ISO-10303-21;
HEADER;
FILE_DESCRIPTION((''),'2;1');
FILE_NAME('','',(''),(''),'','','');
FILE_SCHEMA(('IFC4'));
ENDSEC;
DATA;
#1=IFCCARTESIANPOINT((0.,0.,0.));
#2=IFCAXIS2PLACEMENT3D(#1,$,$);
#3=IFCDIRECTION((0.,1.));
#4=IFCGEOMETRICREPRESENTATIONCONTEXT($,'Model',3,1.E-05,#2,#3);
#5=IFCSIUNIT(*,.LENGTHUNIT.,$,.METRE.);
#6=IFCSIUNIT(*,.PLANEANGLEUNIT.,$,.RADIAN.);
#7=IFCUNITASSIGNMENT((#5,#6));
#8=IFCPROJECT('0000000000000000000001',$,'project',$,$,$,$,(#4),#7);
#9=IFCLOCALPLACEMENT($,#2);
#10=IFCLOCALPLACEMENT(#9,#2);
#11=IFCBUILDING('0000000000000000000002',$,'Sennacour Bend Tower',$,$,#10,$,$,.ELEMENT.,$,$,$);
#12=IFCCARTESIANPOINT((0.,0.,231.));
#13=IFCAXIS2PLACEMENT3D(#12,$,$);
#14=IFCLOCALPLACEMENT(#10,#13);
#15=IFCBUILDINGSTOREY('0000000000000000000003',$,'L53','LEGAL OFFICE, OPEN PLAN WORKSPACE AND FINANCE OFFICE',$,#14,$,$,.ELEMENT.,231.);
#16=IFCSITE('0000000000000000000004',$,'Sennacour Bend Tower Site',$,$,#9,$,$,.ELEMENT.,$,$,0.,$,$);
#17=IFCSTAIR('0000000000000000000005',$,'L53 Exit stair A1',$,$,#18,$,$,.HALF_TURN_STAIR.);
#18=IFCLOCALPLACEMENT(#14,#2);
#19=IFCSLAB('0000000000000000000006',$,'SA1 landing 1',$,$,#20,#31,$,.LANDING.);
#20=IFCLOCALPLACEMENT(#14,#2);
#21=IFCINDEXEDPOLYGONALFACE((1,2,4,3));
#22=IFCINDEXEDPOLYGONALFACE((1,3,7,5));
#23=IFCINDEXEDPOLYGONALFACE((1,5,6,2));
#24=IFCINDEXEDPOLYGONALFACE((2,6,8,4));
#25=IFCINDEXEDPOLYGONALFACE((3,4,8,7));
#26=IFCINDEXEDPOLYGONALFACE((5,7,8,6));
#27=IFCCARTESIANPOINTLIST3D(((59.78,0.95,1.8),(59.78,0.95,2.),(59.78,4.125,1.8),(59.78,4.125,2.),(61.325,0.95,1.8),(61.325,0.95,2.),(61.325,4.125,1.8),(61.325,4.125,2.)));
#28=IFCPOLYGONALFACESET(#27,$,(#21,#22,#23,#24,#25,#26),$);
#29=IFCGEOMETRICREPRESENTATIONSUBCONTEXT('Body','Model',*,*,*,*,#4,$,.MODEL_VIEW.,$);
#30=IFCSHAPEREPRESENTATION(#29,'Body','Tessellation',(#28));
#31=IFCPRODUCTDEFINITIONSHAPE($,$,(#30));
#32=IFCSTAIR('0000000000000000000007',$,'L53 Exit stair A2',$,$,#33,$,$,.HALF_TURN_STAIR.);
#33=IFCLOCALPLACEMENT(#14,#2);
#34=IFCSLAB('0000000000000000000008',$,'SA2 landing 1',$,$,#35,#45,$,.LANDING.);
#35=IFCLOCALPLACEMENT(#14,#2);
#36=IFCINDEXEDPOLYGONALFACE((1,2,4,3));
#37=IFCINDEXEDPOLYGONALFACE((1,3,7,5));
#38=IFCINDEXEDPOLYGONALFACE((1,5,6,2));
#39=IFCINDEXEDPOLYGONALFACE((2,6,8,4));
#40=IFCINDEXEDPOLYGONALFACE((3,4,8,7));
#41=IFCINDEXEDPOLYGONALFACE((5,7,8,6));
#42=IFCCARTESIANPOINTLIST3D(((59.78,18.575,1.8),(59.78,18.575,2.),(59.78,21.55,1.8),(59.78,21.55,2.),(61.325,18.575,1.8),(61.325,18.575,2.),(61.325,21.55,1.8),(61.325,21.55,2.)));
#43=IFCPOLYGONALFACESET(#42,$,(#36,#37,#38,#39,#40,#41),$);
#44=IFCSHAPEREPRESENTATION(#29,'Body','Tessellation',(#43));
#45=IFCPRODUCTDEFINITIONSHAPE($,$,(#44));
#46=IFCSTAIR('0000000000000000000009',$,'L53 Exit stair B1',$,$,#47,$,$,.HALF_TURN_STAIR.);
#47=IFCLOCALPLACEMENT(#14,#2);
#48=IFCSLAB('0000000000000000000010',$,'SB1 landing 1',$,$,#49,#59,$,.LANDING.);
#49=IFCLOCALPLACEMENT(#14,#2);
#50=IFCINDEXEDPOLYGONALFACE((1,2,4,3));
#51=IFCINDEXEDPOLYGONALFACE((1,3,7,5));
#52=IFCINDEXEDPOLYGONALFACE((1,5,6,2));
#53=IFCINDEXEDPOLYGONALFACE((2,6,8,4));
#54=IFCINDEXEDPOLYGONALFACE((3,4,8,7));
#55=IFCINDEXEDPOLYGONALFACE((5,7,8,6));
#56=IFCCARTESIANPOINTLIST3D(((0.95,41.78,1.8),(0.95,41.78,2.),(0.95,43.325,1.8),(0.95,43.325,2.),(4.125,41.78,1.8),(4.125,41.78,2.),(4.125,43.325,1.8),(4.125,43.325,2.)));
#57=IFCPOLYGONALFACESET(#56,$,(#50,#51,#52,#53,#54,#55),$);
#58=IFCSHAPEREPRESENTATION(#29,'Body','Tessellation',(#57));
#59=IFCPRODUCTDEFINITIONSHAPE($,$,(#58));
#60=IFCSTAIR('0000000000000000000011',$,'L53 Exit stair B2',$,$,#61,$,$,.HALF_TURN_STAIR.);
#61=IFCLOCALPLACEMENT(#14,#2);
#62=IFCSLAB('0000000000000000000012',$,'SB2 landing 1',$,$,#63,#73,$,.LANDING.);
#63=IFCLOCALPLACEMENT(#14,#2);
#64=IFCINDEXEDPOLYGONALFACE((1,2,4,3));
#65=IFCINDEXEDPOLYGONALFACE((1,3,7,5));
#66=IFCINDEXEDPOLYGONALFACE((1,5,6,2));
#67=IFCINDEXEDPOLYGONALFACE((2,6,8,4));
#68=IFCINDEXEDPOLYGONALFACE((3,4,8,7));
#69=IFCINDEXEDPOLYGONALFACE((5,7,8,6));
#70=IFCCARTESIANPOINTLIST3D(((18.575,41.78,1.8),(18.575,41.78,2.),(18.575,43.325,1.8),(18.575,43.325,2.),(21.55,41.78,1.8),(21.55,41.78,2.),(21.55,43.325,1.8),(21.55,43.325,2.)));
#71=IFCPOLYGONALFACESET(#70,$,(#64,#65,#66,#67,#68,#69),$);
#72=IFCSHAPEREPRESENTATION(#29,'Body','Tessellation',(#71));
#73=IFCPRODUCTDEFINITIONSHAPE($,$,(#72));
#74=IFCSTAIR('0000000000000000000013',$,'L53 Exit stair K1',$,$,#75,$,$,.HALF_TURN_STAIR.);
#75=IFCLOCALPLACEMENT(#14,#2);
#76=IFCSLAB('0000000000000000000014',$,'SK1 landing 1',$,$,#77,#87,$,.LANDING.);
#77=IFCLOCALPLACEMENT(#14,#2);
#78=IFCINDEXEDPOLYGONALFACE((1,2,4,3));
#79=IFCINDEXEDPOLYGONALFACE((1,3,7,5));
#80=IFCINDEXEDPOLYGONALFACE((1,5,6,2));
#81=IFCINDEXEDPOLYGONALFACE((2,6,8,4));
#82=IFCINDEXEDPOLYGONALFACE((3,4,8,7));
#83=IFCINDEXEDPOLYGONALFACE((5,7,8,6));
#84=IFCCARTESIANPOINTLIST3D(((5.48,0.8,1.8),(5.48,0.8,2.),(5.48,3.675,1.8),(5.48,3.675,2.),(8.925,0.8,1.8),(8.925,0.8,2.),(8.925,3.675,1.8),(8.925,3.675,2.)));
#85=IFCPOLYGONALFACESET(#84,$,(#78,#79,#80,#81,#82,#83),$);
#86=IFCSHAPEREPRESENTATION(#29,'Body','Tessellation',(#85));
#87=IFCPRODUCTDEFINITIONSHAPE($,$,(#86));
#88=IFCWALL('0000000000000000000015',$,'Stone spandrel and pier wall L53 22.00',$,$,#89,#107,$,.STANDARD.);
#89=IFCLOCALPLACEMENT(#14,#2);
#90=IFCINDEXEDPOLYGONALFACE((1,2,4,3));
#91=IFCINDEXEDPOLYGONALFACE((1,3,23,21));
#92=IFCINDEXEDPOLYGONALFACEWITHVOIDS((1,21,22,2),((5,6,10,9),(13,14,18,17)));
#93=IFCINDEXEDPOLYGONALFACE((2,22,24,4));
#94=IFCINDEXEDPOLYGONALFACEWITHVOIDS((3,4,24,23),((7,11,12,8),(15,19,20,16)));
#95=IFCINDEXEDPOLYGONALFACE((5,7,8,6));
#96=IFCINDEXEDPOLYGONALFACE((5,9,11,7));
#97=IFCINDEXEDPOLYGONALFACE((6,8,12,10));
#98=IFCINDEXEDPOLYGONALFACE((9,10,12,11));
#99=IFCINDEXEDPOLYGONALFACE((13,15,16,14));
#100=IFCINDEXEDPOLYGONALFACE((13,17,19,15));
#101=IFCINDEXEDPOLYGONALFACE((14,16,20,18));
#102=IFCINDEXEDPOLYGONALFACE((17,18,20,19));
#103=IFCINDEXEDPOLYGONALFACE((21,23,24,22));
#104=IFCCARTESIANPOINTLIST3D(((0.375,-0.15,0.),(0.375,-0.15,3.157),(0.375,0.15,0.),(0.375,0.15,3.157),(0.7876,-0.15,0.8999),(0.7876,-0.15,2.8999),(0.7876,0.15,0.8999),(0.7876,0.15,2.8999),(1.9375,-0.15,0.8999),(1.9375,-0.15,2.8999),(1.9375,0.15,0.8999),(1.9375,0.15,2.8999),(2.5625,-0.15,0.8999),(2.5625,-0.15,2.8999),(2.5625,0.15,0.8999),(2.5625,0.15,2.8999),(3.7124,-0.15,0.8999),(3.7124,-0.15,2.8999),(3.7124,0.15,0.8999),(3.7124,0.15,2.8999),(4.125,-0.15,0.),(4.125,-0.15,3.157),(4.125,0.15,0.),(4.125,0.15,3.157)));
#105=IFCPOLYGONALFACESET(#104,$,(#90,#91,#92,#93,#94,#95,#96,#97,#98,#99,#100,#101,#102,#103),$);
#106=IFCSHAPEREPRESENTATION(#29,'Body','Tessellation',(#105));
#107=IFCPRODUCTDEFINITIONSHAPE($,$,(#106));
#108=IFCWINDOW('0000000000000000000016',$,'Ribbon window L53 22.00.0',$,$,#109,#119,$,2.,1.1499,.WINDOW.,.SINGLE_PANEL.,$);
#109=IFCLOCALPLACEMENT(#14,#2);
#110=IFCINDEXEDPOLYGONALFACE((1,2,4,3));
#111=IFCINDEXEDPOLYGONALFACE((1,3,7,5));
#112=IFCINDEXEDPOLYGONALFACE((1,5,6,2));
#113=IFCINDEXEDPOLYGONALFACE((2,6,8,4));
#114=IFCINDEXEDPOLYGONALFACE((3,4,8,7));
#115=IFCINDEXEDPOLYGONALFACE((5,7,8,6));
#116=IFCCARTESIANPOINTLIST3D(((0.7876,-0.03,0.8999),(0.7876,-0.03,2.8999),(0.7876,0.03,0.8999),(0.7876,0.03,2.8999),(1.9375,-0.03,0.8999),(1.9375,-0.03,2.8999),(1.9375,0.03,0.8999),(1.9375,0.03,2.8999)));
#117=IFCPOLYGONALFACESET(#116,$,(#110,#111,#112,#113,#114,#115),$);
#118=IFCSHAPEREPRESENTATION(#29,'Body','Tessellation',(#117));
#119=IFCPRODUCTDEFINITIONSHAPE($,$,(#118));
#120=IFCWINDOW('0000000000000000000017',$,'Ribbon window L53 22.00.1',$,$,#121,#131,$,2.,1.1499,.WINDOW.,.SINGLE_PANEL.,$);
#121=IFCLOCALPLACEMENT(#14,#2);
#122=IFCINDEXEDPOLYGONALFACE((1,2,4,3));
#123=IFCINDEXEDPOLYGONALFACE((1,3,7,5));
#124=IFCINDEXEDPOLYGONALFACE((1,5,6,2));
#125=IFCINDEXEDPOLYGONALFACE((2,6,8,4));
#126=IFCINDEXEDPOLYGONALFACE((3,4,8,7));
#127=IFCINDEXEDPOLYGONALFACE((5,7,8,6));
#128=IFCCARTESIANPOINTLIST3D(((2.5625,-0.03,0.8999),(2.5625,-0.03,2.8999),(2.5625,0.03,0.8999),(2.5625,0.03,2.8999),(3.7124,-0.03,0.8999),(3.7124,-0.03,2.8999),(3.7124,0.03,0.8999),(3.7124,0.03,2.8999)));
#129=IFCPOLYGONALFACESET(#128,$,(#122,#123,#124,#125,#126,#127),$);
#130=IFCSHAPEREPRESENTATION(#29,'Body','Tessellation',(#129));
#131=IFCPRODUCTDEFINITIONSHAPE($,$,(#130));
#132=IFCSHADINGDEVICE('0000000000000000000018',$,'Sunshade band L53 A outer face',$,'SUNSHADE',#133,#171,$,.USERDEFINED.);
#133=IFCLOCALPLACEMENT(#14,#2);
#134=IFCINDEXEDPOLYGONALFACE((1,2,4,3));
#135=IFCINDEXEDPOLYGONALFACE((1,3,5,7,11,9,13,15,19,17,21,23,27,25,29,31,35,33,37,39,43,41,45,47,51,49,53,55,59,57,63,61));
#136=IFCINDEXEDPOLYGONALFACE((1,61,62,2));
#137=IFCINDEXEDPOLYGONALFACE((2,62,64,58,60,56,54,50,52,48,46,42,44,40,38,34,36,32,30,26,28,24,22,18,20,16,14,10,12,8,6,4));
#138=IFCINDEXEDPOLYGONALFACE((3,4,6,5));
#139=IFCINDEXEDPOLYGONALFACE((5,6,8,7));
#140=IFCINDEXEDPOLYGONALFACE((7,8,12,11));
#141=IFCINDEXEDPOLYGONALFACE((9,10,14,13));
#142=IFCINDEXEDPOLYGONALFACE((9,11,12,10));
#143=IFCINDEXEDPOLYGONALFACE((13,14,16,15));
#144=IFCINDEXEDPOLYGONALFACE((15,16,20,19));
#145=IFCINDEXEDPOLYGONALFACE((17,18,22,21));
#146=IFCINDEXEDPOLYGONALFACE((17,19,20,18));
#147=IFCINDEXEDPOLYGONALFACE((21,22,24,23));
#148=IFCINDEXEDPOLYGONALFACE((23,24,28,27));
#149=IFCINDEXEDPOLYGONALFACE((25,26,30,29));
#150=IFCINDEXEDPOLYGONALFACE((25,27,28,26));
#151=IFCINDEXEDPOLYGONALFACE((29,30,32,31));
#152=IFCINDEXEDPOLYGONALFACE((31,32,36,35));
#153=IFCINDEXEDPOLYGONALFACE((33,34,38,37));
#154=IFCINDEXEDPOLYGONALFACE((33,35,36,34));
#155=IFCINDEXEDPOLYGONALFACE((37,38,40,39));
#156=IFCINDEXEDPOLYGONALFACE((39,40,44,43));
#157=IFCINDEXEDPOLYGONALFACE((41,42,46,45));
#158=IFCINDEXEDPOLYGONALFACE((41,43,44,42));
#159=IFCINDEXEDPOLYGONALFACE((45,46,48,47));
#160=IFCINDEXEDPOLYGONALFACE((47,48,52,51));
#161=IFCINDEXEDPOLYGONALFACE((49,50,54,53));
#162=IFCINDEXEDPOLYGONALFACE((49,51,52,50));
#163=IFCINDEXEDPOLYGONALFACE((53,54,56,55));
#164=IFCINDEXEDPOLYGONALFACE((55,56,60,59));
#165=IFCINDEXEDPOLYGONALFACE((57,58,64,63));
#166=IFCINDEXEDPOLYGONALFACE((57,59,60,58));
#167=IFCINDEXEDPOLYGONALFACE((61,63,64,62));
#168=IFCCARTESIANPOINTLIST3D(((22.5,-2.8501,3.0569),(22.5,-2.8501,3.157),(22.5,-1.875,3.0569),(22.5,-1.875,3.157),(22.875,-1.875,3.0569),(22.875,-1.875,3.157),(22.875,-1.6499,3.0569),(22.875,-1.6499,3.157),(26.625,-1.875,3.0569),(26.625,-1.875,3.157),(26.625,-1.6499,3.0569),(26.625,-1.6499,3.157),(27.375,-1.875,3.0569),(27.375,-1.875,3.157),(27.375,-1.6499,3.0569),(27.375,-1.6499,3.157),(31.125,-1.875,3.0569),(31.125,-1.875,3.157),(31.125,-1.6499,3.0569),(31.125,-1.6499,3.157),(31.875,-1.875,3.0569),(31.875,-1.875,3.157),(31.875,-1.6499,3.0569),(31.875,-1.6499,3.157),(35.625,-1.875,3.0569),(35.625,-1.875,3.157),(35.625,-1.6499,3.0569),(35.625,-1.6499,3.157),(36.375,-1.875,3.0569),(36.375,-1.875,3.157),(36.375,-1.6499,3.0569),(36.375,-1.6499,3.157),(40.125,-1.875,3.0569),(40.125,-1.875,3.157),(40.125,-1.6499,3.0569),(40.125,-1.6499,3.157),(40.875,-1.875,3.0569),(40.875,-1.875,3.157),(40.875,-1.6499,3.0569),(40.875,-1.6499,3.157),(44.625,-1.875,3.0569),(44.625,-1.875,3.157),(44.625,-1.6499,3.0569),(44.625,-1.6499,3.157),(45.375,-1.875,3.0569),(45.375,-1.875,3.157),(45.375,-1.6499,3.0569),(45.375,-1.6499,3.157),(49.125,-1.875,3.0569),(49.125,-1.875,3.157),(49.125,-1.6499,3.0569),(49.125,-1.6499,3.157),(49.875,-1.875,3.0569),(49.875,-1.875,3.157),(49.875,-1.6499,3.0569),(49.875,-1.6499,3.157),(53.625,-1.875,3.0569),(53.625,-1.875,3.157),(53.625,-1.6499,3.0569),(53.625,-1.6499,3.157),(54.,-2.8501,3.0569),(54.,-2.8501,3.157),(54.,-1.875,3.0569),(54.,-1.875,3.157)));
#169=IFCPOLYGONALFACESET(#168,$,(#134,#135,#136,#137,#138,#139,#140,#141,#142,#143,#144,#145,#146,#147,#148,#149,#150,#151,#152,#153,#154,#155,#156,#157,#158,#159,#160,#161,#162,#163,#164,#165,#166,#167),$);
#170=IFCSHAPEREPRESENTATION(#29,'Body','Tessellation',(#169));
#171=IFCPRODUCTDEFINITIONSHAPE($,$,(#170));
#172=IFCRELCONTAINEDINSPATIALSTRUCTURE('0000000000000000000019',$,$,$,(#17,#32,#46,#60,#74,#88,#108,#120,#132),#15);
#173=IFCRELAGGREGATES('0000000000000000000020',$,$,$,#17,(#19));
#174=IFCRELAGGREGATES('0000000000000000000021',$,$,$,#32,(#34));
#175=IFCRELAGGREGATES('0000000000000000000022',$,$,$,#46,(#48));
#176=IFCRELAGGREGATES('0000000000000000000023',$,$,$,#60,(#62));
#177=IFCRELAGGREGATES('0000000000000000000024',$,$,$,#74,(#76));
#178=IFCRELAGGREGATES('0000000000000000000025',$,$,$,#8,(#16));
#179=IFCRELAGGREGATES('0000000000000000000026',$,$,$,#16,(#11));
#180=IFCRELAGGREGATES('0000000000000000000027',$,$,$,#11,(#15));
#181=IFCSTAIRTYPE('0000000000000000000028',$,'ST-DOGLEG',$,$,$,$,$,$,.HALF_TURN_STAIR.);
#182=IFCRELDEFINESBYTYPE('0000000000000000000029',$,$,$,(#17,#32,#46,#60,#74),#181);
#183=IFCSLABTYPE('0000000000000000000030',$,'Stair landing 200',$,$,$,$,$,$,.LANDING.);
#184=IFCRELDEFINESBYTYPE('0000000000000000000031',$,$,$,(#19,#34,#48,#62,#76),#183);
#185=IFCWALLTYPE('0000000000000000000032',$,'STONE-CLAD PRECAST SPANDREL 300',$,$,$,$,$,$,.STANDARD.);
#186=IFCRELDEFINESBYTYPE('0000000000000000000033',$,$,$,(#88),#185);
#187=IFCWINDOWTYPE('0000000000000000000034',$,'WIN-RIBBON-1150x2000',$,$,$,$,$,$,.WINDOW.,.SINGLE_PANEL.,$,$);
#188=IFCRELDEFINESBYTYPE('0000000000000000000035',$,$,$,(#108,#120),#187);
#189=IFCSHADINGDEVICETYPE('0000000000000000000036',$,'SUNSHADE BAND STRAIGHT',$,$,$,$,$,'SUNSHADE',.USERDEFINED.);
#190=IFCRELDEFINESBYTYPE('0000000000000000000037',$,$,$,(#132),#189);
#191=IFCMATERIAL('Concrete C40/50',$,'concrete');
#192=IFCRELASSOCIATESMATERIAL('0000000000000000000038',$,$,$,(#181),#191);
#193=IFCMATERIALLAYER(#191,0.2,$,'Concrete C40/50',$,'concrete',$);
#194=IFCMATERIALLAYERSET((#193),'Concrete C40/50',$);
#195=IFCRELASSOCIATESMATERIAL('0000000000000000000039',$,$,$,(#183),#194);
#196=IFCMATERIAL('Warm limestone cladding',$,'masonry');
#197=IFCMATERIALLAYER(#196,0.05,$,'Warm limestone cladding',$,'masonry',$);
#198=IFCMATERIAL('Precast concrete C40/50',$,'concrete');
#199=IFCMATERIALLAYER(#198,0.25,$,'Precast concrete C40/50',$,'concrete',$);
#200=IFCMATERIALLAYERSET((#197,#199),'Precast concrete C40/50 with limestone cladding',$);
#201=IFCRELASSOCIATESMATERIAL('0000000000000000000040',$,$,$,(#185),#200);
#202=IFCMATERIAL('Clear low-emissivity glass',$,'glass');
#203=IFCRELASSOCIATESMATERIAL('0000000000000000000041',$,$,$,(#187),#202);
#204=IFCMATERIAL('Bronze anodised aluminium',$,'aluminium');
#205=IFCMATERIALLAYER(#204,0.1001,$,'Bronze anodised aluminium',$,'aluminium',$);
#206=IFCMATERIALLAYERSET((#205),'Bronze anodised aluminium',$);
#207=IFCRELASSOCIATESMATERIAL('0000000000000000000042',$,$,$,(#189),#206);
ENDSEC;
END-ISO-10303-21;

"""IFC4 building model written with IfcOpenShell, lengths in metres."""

from ifc_helpers import new_model, si_unit, direction, frame, frame_2d, origin, place, context, subcontext, project, spatial, polyline, rectangle, outline, extrude, material, layer, layer_set, type_object, element, fill, aggregate, save


model = new_model("IFC4")

# Units and contexts
model_context = context("Model", 3, precision=1e-05, world=origin(), true_north=direction((0.0, 1.0)))
body_context = subcontext(model_context, "Body", "Model", "MODEL_VIEW")
ifc_project = project(units=[si_unit("LENGTHUNIT", "METRE"), si_unit("PLANEANGLEUNIT", "RADIAN")], contexts=[model_context])

# Site, building, storey
site_placement = place(None, origin())
site = spatial("IfcSite", under=ifc_project, at=site_placement, Name="Sennacour Bend Tower Site", CompositionType="ELEMENT", RefElevation=0.0)
building_placement = place(site_placement, origin())
building = spatial("IfcBuilding", under=site, at=building_placement, Name="Sennacour Bend Tower", CompositionType="ELEMENT")
storey_placement = place(building_placement, frame((0.0, 0.0, 231.0)))
storey = spatial("IfcBuildingStorey", under=building, at=storey_placement, Name="L53", Description="LEGAL OFFICE, OPEN PLAN WORKSPACE AND FINANCE OFFICE", CompositionType="ELEMENT", Elevation=231.0)

# Shared definitions
ifc_material_1 = material(Name="Concrete C40/50", Category="concrete")

# Stairs, slabs
stair_type = type_object("IfcStairType", Name="ST-DOGLEG", PredefinedType="HALF_TURN_STAIR", material=ifc_material_1)
stair_1_placement = place(storey_placement, origin())
stair_1 = element("IfcStair", 1, at=stair_1_placement, inside=storey, type_object=stair_type, Name="L53 Exit stair A1", PredefinedType="HALF_TURN_STAIR")
ifc_layer_1 = layer(ifc_material_1, 0.2, Name="Concrete C40/50", Category="concrete")
ifc_layer_set_1 = layer_set([ifc_layer_1], Name="Concrete C40/50")
slab_type_1 = type_object("IfcSlabType", Name="Stair landing 200", PredefinedType="LANDING", material=ifc_layer_set_1)
slab_1_placement = place(storey_placement, frame((0.0, 0.0, 1.8)))
slab_1 = element("IfcSlab", 2, at=slab_1_placement, type_object=slab_type_1, Name="SA1 landing 1", PredefinedType="LANDING", context=body_context, shape_type="SweptSolid", body=[
    extrude(outline(polyline([(59.78, 0.95), (61.325, 0.95), (61.325, 4.125), (59.78, 4.125), (59.78, 0.95)])), origin(), (0.0, 0.0, 1.0), 0.2),
])
aggregate(stair_1, [slab_1])
stair_2_placement = place(storey_placement, origin())
stair_2 = element("IfcStair", 3, at=stair_2_placement, inside=storey, type_object=stair_type, Name="L53 Exit stair A2", PredefinedType="HALF_TURN_STAIR")
slab_2_placement = place(storey_placement, frame((0.0, 0.0, 1.8)))
slab_2 = element("IfcSlab", 4, at=slab_2_placement, type_object=slab_type_1, Name="SA2 landing 1", PredefinedType="LANDING", context=body_context, shape_type="SweptSolid", body=[
    extrude(outline(polyline([(59.78, 18.575), (61.325, 18.575), (61.325, 21.55), (59.78, 21.55), (59.78, 18.575)])), origin(), (0.0, 0.0, 1.0), 0.2),
])
aggregate(stair_2, [slab_2])
stair_3_placement = place(storey_placement, origin())
stair_3 = element("IfcStair", 5, at=stair_3_placement, inside=storey, type_object=stair_type, Name="L53 Exit stair B1", PredefinedType="HALF_TURN_STAIR")
slab_3_placement = place(storey_placement, frame((0.0, 0.0, 1.8)))
slab_3 = element("IfcSlab", 6, at=slab_3_placement, type_object=slab_type_1, Name="SB1 landing 1", PredefinedType="LANDING", context=body_context, shape_type="SweptSolid", body=[
    extrude(outline(polyline([(0.95, 41.78), (4.125, 41.78), (4.125, 43.325), (0.95, 43.325), (0.95, 41.78)])), origin(), (0.0, 0.0, 1.0), 0.2),
])
aggregate(stair_3, [slab_3])
stair_4_placement = place(storey_placement, origin())
stair_4 = element("IfcStair", 7, at=stair_4_placement, inside=storey, type_object=stair_type, Name="L53 Exit stair B2", PredefinedType="HALF_TURN_STAIR")
slab_4_placement = place(storey_placement, frame((0.0, 0.0, 1.8)))
slab_4 = element("IfcSlab", 8, at=slab_4_placement, type_object=slab_type_1, Name="SB2 landing 1", PredefinedType="LANDING", context=body_context, shape_type="SweptSolid", body=[
    extrude(outline(polyline([(18.575, 41.78), (21.55, 41.78), (21.55, 43.325), (18.575, 43.325), (18.575, 41.78)])), origin(), (0.0, 0.0, 1.0), 0.2),
])
aggregate(stair_4, [slab_4])
stair_5_placement = place(storey_placement, origin())
stair_5 = element("IfcStair", 9, at=stair_5_placement, inside=storey, type_object=stair_type, Name="L53 Exit stair K1", PredefinedType="HALF_TURN_STAIR")
slab_5_placement = place(storey_placement, frame((0.0, 0.0, 1.8)))
slab_5 = element("IfcSlab", 10, at=slab_5_placement, type_object=slab_type_1, Name="SK1 landing 1", PredefinedType="LANDING", context=body_context, shape_type="SweptSolid", body=[
    extrude(outline(polyline([(5.48, 0.8), (8.925, 0.8), (8.925, 3.675), (5.48, 3.675), (5.48, 0.8)])), origin(), (0.0, 0.0, 1.0), 0.2),
])
aggregate(stair_5, [slab_5])

# Wall, openings, windows
ifc_material_2 = material(Name="Warm limestone cladding", Category="masonry")
ifc_layer_2 = layer(ifc_material_2, 0.05, Name="Warm limestone cladding", Category="masonry")
ifc_material_3 = material(Name="Precast concrete C40/50", Category="concrete")
ifc_layer_3 = layer(ifc_material_3, 0.25, Name="Precast concrete C40/50", Category="concrete")
ifc_layer_set_2 = layer_set([ifc_layer_2, ifc_layer_3], Name="Precast concrete C40/50 with limestone cladding")
wall_type = type_object("IfcWallType", Name="STONE-CLAD PRECAST SPANDREL 300", PredefinedType="STANDARD", material=ifc_layer_set_2)
wall_placement = place(storey_placement, frame((0.375, 0.0, 0.0), z_axis=(0.0, 0.0, 1.0), x_axis=(1.0, 0.0, 0.0)))
wall = element("IfcWall", 11, at=wall_placement, inside=storey, type_object=wall_type, Name="Stone spandrel and pier wall L53 22.00", PredefinedType="STANDARD", context=body_context, shape_type="SweptSolid", body=[
    extrude(rectangle(XDim=3.75, YDim=0.3, at=frame_2d((1.875, 0.0))), origin(), (0.0, 0.0, 1.0), 3.157),
])
opening_1_placement = place(wall_placement, frame((0.4126, 0.0, 0.8999)))
opening_1 = element("IfcOpeningElement", 12, at=opening_1_placement, cuts=wall, PredefinedType="OPENING", context=body_context, shape_type="SweptSolid", body=[
    extrude(rectangle(XDim=1.1499, YDim=2.0, at=frame_2d((0.575, 1.0))), frame((0.0, 0.1602, 0.0), z_axis=(0.0, -1.0, 0.0), x_axis=(1.0, 0.0, 0.0)), (0.0, 0.0, 1.0), 0.3201),
])
opening_2_placement = place(wall_placement, frame((2.1875, 0.0, 0.8999)))
opening_2 = element("IfcOpeningElement", 13, at=opening_2_placement, cuts=wall, PredefinedType="OPENING", context=body_context, shape_type="SweptSolid", body=[
    extrude(rectangle(XDim=1.1499, YDim=2.0, at=frame_2d((0.575, 1.0))), frame((0.0, 0.1602, 0.0), z_axis=(0.0, -1.0, 0.0), x_axis=(1.0, 0.0, 0.0)), (0.0, 0.0, 1.0), 0.3201),
])
ifc_material_4 = material(Name="Clear low-emissivity glass", Category="glass")
window_type = type_object("IfcWindowType", Name="WIN-RIBBON-1150x2000", PartitioningType="SINGLE_PANEL", PredefinedType="WINDOW", material=ifc_material_4)
window_1_placement = place(opening_1_placement, origin())
window_1 = element("IfcWindow", 14, at=window_1_placement, inside=storey, type_object=window_type, Name="Ribbon window L53 22.00.0", OverallHeight=2.0, OverallWidth=1.1499, PartitioningType="SINGLE_PANEL", PredefinedType="WINDOW", context=body_context, shape_type="SweptSolid", body=[
    extrude(rectangle(XDim=1.1499, YDim=2.0, at=frame_2d((0.575, 1.0))), frame((0.0, 0.03, 0.0), z_axis=(0.0, -1.0, 0.0), x_axis=(1.0, 0.0, 0.0)), (0.0, 0.0, 1.0), 0.0601),
])
fill(opening_1, window_1)
window_2_placement = place(opening_2_placement, origin())
window_2 = element("IfcWindow", 15, at=window_2_placement, inside=storey, type_object=window_type, Name="Ribbon window L53 22.00.1", OverallHeight=2.0, OverallWidth=1.1499, PartitioningType="SINGLE_PANEL", PredefinedType="WINDOW", context=body_context, shape_type="SweptSolid", body=[
    extrude(rectangle(XDim=1.1499, YDim=2.0, at=frame_2d((0.575, 1.0))), frame((0.0, 0.03, 0.0), z_axis=(0.0, -1.0, 0.0), x_axis=(1.0, 0.0, 0.0)), (0.0, 0.0, 1.0), 0.0601),
])
fill(opening_2, window_2)

# Shading device
ifc_material_5 = material(Name="Bronze anodised aluminium", Category="aluminium")
ifc_layer_4 = layer(ifc_material_5, 0.1001, Name="Bronze anodised aluminium", Category="aluminium")
ifc_layer_set_3 = layer_set([ifc_layer_4], Name="Bronze anodised aluminium")
shading_device_type_1 = type_object("IfcShadingDeviceType", Name="SUNSHADE BAND STRAIGHT", ElementType="SUNSHADE", PredefinedType="USERDEFINED", material=ifc_layer_set_3)
shading_device_1_placement = place(storey_placement, frame((0.0, 0.0, 3.0569)))
element("IfcShadingDevice", 16, at=shading_device_1_placement, inside=storey, type_object=shading_device_type_1, Name="Sunshade band L53 A outer face", ObjectType="SUNSHADE", PredefinedType="USERDEFINED", context=body_context, shape_type="SweptSolid", body=[
    extrude(outline(polyline([(26.625, -1.6499), (26.625, -1.875), (27.375, -1.875), (27.375, -1.6499), (31.125, -1.6499), (31.125, -1.875), (31.875, -1.875), (31.875, -1.6499), (35.625, -1.6499), (35.625, -1.875), (36.375, -1.875), (36.375, -1.6499), (40.125, -1.6499), (40.125, -1.875), (40.875, -1.875), (40.875, -1.6499), (44.625, -1.6499), (44.625, -1.875), (45.375, -1.875), (45.375, -1.6499), (49.125, -1.6499), (49.125, -1.875), (49.875, -1.875), (49.875, -1.6499), (53.625, -1.6499), (53.625, -1.875), (54.0, -1.875), (54.0, -2.8501), (22.5, -2.8501), (22.5, -1.875), (22.875, -1.875), (22.875, -1.6499), (26.625, -1.6499)])), origin(), (0.0, 0.0, 1.0), 0.1001),
])

save(model, "model.ifc")
